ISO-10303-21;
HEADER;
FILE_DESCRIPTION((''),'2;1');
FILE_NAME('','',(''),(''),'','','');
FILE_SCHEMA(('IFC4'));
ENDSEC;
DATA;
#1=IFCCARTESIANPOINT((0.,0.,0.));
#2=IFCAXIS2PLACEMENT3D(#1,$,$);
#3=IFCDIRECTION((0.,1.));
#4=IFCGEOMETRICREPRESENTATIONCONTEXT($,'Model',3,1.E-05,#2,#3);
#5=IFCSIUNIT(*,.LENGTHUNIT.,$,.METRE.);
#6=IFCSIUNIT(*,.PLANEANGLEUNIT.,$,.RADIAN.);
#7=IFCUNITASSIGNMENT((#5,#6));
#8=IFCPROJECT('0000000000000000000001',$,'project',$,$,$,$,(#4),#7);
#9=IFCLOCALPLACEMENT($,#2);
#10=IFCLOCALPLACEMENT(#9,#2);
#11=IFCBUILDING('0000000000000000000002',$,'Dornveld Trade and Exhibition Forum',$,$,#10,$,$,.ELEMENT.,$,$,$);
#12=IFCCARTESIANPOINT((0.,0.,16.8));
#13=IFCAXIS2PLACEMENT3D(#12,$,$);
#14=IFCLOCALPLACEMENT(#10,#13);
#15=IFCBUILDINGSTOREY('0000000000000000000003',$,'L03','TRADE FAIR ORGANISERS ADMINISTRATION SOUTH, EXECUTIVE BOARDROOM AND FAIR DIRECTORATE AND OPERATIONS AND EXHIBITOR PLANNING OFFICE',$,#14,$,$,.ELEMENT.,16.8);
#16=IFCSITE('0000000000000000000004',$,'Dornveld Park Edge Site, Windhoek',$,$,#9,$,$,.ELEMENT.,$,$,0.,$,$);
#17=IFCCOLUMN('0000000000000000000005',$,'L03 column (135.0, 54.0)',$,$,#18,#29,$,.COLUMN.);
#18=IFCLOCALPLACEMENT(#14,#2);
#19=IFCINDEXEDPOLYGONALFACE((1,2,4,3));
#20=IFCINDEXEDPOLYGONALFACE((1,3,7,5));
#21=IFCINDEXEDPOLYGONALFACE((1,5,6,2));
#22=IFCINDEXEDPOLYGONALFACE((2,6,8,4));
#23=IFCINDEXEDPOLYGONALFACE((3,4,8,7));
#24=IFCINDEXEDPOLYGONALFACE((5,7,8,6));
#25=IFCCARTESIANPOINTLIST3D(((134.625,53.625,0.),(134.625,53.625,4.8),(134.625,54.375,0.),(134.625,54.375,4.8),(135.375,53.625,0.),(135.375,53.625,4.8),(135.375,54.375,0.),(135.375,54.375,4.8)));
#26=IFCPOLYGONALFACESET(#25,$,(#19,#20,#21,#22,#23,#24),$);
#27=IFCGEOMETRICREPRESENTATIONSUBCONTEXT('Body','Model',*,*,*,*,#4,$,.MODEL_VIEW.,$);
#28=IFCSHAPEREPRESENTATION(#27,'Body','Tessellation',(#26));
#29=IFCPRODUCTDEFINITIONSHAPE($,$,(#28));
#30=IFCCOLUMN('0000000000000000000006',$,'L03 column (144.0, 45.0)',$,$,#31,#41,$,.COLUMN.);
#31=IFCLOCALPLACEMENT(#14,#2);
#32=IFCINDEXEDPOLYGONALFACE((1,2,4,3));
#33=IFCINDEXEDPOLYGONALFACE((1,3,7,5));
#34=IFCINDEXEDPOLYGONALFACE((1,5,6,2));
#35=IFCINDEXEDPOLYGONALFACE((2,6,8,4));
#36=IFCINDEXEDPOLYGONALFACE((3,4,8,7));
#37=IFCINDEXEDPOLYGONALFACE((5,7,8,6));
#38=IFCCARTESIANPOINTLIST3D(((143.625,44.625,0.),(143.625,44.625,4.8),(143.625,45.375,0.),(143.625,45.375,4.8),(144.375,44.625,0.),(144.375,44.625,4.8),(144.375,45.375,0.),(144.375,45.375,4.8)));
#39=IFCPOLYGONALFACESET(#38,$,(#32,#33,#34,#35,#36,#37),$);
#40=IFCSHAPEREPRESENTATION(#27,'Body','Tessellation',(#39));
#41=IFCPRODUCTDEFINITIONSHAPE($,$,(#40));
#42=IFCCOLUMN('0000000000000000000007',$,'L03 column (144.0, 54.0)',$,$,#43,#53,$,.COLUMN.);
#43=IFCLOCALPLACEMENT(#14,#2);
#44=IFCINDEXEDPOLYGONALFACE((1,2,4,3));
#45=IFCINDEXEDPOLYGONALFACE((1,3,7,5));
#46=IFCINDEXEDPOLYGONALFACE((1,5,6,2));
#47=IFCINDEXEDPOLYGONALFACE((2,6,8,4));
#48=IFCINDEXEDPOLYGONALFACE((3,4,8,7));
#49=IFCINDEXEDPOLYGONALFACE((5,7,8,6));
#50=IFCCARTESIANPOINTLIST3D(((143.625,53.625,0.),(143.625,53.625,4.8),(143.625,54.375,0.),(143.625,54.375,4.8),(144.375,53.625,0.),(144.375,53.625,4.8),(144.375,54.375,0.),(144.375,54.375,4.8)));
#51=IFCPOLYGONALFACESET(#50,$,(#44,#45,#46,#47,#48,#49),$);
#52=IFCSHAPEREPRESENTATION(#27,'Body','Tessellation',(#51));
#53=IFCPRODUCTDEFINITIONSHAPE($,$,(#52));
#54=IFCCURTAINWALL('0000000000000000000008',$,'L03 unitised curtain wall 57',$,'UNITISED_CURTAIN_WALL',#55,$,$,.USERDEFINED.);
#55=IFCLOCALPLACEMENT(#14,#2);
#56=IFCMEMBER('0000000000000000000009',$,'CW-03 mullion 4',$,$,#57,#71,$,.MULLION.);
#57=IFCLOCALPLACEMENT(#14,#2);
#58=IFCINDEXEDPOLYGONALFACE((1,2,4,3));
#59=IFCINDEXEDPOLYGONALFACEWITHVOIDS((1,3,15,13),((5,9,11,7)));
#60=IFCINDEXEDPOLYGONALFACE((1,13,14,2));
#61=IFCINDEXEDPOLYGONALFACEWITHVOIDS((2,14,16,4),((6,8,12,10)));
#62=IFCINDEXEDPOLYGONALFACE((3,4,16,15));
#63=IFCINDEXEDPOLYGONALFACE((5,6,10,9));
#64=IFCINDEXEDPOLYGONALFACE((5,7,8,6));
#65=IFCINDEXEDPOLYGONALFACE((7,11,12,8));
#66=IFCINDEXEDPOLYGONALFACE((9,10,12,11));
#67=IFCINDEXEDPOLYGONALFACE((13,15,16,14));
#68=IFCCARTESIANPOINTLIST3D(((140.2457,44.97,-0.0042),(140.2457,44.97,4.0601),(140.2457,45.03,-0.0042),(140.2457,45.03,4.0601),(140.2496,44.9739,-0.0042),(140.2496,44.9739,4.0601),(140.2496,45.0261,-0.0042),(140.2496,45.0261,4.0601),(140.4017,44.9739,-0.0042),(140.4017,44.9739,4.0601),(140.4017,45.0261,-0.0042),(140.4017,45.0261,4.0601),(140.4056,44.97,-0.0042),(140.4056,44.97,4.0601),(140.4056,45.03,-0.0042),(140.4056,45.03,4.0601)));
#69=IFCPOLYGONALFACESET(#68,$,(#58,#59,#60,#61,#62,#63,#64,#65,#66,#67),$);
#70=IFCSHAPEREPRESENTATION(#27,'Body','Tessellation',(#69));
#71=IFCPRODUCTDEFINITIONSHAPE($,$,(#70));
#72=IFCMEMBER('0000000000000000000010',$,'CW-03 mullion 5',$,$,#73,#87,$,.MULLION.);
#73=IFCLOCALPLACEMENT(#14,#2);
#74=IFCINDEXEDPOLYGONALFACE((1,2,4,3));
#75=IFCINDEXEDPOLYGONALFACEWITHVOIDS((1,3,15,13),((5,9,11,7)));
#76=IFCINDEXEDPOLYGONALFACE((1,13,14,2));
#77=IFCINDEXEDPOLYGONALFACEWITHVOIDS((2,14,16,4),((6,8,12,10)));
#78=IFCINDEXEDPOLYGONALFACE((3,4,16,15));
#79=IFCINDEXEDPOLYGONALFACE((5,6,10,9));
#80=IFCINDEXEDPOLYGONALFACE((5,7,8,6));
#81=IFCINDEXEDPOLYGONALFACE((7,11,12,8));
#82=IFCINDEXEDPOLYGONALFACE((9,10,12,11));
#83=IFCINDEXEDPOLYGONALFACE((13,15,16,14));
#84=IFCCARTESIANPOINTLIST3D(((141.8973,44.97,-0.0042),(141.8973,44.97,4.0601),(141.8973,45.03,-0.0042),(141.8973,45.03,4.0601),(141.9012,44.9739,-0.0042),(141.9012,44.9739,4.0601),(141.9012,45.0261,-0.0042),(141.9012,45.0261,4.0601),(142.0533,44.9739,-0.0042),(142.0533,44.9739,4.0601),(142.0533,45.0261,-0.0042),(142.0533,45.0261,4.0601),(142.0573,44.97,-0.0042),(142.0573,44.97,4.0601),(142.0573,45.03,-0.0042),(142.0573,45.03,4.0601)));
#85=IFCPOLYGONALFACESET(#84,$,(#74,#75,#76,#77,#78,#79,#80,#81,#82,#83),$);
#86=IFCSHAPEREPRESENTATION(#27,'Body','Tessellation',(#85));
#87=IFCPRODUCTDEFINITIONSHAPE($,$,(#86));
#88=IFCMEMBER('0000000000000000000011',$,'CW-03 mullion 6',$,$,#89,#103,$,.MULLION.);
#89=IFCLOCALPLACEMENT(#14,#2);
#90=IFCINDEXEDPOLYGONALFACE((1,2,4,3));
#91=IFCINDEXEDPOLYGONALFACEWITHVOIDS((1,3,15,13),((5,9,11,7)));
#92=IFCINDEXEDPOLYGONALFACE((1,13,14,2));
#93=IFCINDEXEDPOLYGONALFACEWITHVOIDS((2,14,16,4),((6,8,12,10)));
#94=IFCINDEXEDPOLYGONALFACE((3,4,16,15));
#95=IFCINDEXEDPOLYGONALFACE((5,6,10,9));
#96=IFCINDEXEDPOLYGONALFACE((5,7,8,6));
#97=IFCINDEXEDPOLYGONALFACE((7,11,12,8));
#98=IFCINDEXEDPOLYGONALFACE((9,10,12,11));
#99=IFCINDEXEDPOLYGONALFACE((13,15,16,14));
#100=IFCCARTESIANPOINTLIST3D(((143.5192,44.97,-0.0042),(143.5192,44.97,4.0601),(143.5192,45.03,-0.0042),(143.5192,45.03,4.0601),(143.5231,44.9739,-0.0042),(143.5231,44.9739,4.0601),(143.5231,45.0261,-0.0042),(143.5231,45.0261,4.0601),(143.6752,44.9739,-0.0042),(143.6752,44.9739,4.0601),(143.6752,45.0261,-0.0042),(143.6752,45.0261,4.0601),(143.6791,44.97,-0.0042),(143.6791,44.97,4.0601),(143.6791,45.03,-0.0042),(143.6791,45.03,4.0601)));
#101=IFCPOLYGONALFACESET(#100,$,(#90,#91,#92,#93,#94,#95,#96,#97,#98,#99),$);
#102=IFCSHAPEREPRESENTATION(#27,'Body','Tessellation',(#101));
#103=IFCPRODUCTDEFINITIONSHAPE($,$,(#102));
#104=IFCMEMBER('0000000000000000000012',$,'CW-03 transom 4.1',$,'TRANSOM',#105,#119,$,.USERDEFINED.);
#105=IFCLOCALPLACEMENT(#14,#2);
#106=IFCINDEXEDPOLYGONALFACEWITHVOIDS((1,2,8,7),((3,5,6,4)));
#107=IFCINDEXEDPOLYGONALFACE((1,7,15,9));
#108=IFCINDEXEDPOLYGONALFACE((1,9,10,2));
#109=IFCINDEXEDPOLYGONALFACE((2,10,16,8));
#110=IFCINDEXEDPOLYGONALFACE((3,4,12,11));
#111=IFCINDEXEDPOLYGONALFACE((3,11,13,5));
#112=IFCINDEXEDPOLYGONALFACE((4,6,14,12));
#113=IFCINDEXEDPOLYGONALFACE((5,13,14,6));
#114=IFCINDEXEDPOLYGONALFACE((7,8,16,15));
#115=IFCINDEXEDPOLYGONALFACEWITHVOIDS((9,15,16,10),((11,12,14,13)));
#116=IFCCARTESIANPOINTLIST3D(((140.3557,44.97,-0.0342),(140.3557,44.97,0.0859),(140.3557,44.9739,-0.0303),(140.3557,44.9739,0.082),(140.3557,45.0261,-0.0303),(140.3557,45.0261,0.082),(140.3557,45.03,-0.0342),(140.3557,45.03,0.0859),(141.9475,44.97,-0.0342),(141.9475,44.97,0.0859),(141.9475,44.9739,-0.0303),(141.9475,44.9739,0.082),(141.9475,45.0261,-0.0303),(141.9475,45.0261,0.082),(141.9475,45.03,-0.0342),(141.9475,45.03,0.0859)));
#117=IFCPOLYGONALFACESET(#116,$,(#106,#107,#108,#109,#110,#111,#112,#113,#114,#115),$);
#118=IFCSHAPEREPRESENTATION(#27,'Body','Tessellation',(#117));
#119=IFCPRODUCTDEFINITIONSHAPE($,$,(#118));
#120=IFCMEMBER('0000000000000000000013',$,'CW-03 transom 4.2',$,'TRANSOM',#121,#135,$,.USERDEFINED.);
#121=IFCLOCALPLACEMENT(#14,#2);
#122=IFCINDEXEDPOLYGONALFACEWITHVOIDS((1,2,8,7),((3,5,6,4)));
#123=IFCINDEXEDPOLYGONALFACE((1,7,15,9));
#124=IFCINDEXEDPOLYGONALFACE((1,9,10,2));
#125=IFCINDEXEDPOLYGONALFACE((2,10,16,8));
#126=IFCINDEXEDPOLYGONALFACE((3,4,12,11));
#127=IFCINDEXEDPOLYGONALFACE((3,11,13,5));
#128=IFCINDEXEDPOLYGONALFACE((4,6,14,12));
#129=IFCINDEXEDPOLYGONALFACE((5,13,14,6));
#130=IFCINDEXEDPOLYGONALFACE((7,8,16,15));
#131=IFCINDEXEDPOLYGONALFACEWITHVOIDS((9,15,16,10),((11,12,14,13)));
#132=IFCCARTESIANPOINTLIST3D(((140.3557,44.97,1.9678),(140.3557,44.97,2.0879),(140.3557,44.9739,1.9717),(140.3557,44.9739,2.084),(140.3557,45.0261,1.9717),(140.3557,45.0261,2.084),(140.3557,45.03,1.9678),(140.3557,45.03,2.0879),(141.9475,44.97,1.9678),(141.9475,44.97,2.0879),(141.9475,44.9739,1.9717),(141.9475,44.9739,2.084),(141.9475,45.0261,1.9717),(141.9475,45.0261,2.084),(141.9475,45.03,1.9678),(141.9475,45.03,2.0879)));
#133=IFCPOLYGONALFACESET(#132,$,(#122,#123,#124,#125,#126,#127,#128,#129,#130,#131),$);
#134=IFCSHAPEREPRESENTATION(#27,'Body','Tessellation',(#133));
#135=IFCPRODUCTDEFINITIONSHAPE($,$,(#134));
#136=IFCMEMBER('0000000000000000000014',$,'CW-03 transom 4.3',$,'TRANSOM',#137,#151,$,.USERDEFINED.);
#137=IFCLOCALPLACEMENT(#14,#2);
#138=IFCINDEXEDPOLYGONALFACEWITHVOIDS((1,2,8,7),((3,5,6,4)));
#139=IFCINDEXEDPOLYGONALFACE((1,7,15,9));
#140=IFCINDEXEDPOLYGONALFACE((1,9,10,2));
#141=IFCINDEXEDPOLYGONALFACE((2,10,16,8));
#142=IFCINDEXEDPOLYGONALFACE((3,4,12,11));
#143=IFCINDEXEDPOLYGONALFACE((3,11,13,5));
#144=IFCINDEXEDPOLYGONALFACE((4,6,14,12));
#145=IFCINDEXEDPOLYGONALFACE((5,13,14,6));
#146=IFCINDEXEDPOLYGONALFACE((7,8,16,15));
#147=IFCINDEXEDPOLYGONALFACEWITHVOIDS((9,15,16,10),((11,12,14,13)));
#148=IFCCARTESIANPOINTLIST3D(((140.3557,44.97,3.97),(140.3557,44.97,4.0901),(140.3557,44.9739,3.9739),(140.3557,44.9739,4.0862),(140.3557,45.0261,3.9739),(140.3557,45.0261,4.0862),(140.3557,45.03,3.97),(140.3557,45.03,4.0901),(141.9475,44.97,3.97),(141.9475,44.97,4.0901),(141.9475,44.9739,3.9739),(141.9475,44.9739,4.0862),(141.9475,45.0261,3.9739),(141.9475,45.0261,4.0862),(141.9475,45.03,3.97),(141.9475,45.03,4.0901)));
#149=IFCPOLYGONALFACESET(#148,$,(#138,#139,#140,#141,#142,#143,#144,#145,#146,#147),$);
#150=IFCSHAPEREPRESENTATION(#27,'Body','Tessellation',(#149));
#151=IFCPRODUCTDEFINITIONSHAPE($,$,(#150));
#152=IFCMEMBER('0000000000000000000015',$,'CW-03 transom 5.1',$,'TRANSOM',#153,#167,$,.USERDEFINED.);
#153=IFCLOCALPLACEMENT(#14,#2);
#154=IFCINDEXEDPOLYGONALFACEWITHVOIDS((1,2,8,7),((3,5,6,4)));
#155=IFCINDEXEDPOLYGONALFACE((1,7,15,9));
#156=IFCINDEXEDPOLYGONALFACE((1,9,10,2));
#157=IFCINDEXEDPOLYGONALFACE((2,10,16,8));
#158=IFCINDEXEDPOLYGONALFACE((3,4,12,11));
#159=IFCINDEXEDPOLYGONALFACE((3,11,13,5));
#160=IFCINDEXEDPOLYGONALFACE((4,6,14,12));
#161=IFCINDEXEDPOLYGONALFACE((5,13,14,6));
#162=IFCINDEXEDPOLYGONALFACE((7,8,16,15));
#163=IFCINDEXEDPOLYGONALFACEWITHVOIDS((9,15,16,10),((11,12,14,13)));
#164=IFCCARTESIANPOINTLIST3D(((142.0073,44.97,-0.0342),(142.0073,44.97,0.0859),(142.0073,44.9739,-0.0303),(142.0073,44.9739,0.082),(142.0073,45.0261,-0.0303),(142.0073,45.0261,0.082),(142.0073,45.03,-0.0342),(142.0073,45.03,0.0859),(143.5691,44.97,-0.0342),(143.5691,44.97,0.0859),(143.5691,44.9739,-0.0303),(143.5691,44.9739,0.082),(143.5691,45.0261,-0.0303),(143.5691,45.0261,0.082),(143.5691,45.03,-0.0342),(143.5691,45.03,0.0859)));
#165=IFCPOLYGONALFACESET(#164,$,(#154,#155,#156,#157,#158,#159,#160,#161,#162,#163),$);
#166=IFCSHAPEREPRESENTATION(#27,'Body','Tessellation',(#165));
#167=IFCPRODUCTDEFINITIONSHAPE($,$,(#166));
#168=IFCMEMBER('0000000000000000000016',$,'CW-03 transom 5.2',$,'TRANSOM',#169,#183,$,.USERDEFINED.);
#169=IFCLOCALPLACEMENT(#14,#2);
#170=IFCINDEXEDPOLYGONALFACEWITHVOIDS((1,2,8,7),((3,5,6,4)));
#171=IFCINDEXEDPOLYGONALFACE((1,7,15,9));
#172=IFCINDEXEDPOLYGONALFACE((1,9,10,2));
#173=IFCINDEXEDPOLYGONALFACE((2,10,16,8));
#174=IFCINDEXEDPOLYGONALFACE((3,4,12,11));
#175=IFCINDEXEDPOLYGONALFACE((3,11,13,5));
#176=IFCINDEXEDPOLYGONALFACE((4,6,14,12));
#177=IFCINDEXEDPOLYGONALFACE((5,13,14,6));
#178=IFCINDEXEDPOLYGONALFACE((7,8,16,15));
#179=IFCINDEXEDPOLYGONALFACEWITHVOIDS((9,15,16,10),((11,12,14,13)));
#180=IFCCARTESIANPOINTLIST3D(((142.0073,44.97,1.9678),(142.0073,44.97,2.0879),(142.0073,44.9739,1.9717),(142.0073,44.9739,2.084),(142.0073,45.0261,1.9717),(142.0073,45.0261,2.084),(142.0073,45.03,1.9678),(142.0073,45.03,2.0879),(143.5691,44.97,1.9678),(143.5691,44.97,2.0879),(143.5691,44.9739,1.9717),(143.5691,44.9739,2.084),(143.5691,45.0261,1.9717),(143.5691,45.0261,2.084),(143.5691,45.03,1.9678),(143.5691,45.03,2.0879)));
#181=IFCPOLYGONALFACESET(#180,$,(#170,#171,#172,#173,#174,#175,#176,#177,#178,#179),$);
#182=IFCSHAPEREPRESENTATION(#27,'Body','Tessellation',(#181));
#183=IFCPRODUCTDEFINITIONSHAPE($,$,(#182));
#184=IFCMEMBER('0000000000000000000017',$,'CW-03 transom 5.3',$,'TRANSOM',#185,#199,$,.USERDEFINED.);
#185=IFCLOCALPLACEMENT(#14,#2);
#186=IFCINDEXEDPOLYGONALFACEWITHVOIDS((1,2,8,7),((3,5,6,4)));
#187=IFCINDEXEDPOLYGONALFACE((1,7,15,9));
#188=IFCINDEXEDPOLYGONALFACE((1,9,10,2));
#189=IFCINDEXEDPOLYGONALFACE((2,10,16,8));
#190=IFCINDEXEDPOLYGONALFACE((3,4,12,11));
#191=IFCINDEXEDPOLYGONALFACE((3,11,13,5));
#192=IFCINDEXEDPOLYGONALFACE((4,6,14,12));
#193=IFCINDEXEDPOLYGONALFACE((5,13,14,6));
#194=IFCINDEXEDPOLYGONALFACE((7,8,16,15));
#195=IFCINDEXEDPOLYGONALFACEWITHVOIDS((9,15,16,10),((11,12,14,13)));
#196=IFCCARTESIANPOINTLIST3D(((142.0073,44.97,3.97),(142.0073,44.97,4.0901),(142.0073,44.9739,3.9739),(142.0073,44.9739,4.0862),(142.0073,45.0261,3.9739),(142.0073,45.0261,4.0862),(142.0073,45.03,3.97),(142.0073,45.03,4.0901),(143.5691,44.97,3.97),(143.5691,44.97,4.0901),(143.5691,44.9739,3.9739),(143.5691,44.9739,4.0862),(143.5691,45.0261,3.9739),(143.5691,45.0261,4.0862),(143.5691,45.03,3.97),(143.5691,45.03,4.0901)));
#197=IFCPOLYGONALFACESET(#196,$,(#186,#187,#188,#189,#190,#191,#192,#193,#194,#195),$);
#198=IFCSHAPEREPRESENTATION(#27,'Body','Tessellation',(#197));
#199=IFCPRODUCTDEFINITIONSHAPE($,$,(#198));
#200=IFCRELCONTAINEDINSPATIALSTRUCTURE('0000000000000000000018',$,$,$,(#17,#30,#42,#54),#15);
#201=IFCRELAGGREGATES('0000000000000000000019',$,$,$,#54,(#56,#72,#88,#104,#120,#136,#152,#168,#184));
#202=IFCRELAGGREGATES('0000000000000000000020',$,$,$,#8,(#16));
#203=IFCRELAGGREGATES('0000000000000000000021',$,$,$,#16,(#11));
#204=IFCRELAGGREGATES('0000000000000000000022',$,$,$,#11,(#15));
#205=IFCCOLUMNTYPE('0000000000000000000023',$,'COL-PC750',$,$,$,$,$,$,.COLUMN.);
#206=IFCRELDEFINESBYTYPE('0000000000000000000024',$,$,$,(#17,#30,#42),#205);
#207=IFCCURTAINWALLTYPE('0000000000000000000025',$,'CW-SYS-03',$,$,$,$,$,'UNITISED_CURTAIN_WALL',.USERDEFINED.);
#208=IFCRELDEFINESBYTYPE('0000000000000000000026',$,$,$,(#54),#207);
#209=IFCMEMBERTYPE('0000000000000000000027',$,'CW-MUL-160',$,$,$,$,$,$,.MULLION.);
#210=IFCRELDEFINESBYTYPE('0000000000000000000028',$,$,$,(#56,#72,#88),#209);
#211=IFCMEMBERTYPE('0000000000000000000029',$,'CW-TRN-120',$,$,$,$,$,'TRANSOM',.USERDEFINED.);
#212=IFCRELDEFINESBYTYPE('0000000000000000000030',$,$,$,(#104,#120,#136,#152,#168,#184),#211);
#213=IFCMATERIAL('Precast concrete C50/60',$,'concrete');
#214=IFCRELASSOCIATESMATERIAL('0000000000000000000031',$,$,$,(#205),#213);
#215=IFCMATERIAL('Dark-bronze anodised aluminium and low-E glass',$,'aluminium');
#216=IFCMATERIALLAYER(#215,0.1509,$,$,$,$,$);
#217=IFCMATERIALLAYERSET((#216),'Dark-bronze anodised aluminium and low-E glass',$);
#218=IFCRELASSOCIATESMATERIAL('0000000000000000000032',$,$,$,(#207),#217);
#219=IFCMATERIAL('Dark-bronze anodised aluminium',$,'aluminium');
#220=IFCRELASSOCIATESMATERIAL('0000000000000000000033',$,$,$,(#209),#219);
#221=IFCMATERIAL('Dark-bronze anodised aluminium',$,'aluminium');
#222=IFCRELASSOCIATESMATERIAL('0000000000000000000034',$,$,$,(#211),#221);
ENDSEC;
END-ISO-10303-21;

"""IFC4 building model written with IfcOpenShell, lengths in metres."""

from ifc_helpers import new_model, si_unit, direction, frame, origin, origin_2d, place, context, subcontext, project, spatial, rectangle, hollow_rectangle, extrude, material, layer, layer_set, material_profile, profile_set, type_object, element, aggregate, save


model = new_model("IFC4")

# Units and contexts
model_context = context("Model", 3, precision=1e-05, world=origin(), true_north=direction((0.0, 1.0)))
body_context = subcontext(model_context, "Body", "Model", "MODEL_VIEW")
ifc_project = project(units=[si_unit("LENGTHUNIT", "METRE"), si_unit("PLANEANGLEUNIT", "RADIAN")], contexts=[model_context])

# Site, building, storey
site_placement = place(None, origin())
site = spatial("IfcSite", under=ifc_project, at=site_placement, Name="Dornveld Park Edge Site, Windhoek", CompositionType="ELEMENT", RefElevation=0.0)
building_placement = place(site_placement, origin())
building = spatial("IfcBuilding", under=site, at=building_placement, Name="Dornveld Trade and Exhibition Forum", CompositionType="ELEMENT")
storey_placement = place(building_placement, frame((0.0, 0.0, 16.8)))
storey = spatial("IfcBuildingStorey", under=building, at=storey_placement, Name="L03", Description="TRADE FAIR ORGANISERS ADMINISTRATION SOUTH, EXECUTIVE BOARDROOM AND FAIR DIRECTORATE AND OPERATIONS AND EXHIBITOR PLANNING OFFICE", CompositionType="ELEMENT", Elevation=16.8)

# Columns
ifc_material_1 = material(Name="Precast concrete C50/60", Category="concrete")
ifc_material_profile_1 = material_profile(ifc_material_1, rectangle(XDim=0.75, YDim=0.75, at=origin_2d()), Name="PC-COL 750x750")
ifc_profile_set_1 = profile_set([ifc_material_profile_1], Name="Precast concrete C50/60")
column_type = type_object("IfcColumnType", Name="COL-PC750", PredefinedType="COLUMN", material=ifc_profile_set_1)
for number, where, z_axis, x_axis, name in (
    (1, (135.0, 54.0, 0.0), (0.0, 0.0, 1.0), (1.0, 0.0, 0.0), "L03 column (135.0, 54.0)"),
    (2, (144.0, 45.0, 0.0), (0.0, 0.0, 1.0), (1.0, 0.0, 0.0), "L03 column (144.0, 45.0)"),
    (3, (144.0, 54.0, 0.0), (0.0, 0.0, 1.0), (1.0, 0.0, 0.0), "L03 column (144.0, 54.0)"),
):
    element("IfcColumn", number, at=place(storey_placement, frame(where, z_axis=z_axis, x_axis=x_axis)), inside=storey, type_object=column_type, Name=name, PredefinedType="COLUMN", context=body_context, shape_type="SweptSolid", body=[
        extrude(rectangle(XDim=0.75, YDim=0.75, at=origin_2d()), origin(), (0.0, 0.0, 1.0), 4.8),
    ])

# Curtain wall, members
ifc_material_2 = material(Name="Dark-bronze anodised aluminium and low-E glass", Category="aluminium")
ifc_layer_1 = layer(ifc_material_2, 0.1509)
ifc_layer_set_1 = layer_set([ifc_layer_1], Name="Dark-bronze anodised aluminium and low-E glass")
curtain_wall_type = type_object("IfcCurtainWallType", Name="CW-SYS-03", ElementType="UNITISED_CURTAIN_WALL", PredefinedType="USERDEFINED", material=ifc_layer_set_1)
curtain_wall_placement = place(storey_placement, origin())
curtain_wall = element("IfcCurtainWall", 4, at=curtain_wall_placement, inside=storey, type_object=curtain_wall_type, Name="L03 unitised curtain wall 57", ObjectType="UNITISED_CURTAIN_WALL", PredefinedType="USERDEFINED")
ifc_material_3 = material(Name="Dark-bronze anodised aluminium", Category="aluminium")
ifc_material_profile_2 = material_profile(ifc_material_3, hollow_rectangle(XDim=0.0601, YDim=0.1599, WallThickness=0.0039, at=origin_2d()), Name="RHS 160x60x4")
ifc_profile_set_2 = profile_set([ifc_material_profile_2], Name="Dark-bronze anodised aluminium")
member_type_1 = type_object("IfcMemberType", Name="CW-MUL-160", PredefinedType="MULLION", material=ifc_profile_set_2)
member_1_placement = place(storey_placement, frame((140.3257, 45.0, -0.0042), z_axis=(0.0, 0.0, 1.0), x_axis=(0.0, 1.0, 0.0)))
member_1 = element("IfcMember", 5, at=member_1_placement, type_object=member_type_1, Name="CW-03 mullion 4", PredefinedType="MULLION", context=body_context, shape_type="SweptSolid", body=[
    extrude(hollow_rectangle(XDim=0.0601, YDim=0.1599, WallThickness=0.0039, at=origin_2d()), origin(), (0.0, 0.0, 1.0), 4.0642),
])
member_2_placement = place(storey_placement, frame((141.9773, 45.0, -0.0042), z_axis=(0.0, 0.0, 1.0), x_axis=(0.0, 1.0, 0.0)))
member_2 = element("IfcMember", 6, at=member_2_placement, type_object=member_type_1, Name="CW-03 mullion 5", PredefinedType="MULLION", context=body_context, shape_type="SweptSolid", body=[
    extrude(hollow_rectangle(XDim=0.0601, YDim=0.1599, WallThickness=0.0039, at=origin_2d()), origin(), (0.0, 0.0, 1.0), 4.0642),
])
member_3_placement = place(storey_placement, frame((143.5991, 45.0, -0.0042), z_axis=(0.0, 0.0, 1.0), x_axis=(0.0, 1.0, 0.0)))
member_3 = element("IfcMember", 7, at=member_3_placement, type_object=member_type_1, Name="CW-03 mullion 6", PredefinedType="MULLION", context=body_context, shape_type="SweptSolid", body=[
    extrude(hollow_rectangle(XDim=0.0601, YDim=0.1599, WallThickness=0.0039, at=origin_2d()), origin(), (0.0, 0.0, 1.0), 4.0642),
])
ifc_material_4 = material(Name="Dark-bronze anodised aluminium", Category="aluminium")
ifc_material_profile_3 = material_profile(ifc_material_4, hollow_rectangle(XDim=0.0601, YDim=0.1201, WallThickness=0.0039, at=origin_2d()), Name="RHS 120x60x4")
ifc_profile_set_3 = profile_set([ifc_material_profile_3], Name="Dark-bronze anodised aluminium")
member_type_2 = type_object("IfcMemberType", Name="CW-TRN-120", ElementType="TRANSOM", PredefinedType="USERDEFINED", material=ifc_profile_set_3)
member_4_placement = place(storey_placement, frame((140.3557, 45.0, 0.0259), z_axis=(1.0, 0.0, 0.0), x_axis=(0.0, 1.0, 0.0)))
member_4 = element("IfcMember", 8, at=member_4_placement, type_object=member_type_2, Name="CW-03 transom 4.1", ObjectType="TRANSOM", PredefinedType="USERDEFINED", context=body_context, shape_type="SweptSolid", body=[
    extrude(hollow_rectangle(XDim=0.0601, YDim=0.1201, WallThickness=0.0039, at=origin_2d()), origin(), (0.0, 0.0, 1.0), 1.5918),
])
member_5_placement = place(storey_placement, frame((140.3557, 45.0, 2.0278), z_axis=(1.0, 0.0, 0.0), x_axis=(0.0, 1.0, 0.0)))
member_5 = element("IfcMember", 9, at=member_5_placement, type_object=member_type_2, Name="CW-03 transom 4.2", ObjectType="TRANSOM", PredefinedType="USERDEFINED", context=body_context, shape_type="SweptSolid", body=[
    extrude(hollow_rectangle(XDim=0.0601, YDim=0.1201, WallThickness=0.0039, at=origin_2d()), origin(), (0.0, 0.0, 1.0), 1.5918),
])
member_6_placement = place(storey_placement, frame((140.3557, 45.0, 4.03), z_axis=(1.0, 0.0, 0.0), x_axis=(0.0, 1.0, 0.0)))
member_6 = element("IfcMember", 10, at=member_6_placement, type_object=member_type_2, Name="CW-03 transom 4.3", ObjectType="TRANSOM", PredefinedType="USERDEFINED", context=body_context, shape_type="SweptSolid", body=[
    extrude(hollow_rectangle(XDim=0.0601, YDim=0.1201, WallThickness=0.0039, at=origin_2d()), origin(), (0.0, 0.0, 1.0), 1.5918),
])
member_7_placement = place(storey_placement, frame((142.0073, 45.0, 0.0259), z_axis=(1.0, 0.0, 0.0), x_axis=(0.0, 1.0, 0.0)))
member_7 = element("IfcMember", 11, at=member_7_placement, type_object=member_type_2, Name="CW-03 transom 5.1", ObjectType="TRANSOM", PredefinedType="USERDEFINED", context=body_context, shape_type="SweptSolid", body=[
    extrude(hollow_rectangle(XDim=0.0601, YDim=0.1201, WallThickness=0.0039, at=origin_2d()), origin(), (0.0, 0.0, 1.0), 1.5618),
])
member_8_placement = place(storey_placement, frame((142.0073, 45.0, 2.0278), z_axis=(1.0, 0.0, 0.0), x_axis=(0.0, 1.0, 0.0)))
member_8 = element("IfcMember", 12, at=member_8_placement, type_object=member_type_2, Name="CW-03 transom 5.2", ObjectType="TRANSOM", PredefinedType="USERDEFINED", context=body_context, shape_type="SweptSolid", body=[
    extrude(hollow_rectangle(XDim=0.0601, YDim=0.1201, WallThickness=0.0039, at=origin_2d()), origin(), (0.0, 0.0, 1.0), 1.5618),
])
member_9_placement = place(storey_placement, frame((142.0073, 45.0, 4.03), z_axis=(1.0, 0.0, 0.0), x_axis=(0.0, 1.0, 0.0)))
member_9 = element("IfcMember", 13, at=member_9_placement, type_object=member_type_2, Name="CW-03 transom 5.3", ObjectType="TRANSOM", PredefinedType="USERDEFINED", context=body_context, shape_type="SweptSolid", body=[
    extrude(hollow_rectangle(XDim=0.0601, YDim=0.1201, WallThickness=0.0039, at=origin_2d()), origin(), (0.0, 0.0, 1.0), 1.5618),
])

aggregate(curtain_wall, [member_1, member_2, member_3, member_4, member_5, member_6, member_7, member_8, member_9])

save(model, "model.ifc")
